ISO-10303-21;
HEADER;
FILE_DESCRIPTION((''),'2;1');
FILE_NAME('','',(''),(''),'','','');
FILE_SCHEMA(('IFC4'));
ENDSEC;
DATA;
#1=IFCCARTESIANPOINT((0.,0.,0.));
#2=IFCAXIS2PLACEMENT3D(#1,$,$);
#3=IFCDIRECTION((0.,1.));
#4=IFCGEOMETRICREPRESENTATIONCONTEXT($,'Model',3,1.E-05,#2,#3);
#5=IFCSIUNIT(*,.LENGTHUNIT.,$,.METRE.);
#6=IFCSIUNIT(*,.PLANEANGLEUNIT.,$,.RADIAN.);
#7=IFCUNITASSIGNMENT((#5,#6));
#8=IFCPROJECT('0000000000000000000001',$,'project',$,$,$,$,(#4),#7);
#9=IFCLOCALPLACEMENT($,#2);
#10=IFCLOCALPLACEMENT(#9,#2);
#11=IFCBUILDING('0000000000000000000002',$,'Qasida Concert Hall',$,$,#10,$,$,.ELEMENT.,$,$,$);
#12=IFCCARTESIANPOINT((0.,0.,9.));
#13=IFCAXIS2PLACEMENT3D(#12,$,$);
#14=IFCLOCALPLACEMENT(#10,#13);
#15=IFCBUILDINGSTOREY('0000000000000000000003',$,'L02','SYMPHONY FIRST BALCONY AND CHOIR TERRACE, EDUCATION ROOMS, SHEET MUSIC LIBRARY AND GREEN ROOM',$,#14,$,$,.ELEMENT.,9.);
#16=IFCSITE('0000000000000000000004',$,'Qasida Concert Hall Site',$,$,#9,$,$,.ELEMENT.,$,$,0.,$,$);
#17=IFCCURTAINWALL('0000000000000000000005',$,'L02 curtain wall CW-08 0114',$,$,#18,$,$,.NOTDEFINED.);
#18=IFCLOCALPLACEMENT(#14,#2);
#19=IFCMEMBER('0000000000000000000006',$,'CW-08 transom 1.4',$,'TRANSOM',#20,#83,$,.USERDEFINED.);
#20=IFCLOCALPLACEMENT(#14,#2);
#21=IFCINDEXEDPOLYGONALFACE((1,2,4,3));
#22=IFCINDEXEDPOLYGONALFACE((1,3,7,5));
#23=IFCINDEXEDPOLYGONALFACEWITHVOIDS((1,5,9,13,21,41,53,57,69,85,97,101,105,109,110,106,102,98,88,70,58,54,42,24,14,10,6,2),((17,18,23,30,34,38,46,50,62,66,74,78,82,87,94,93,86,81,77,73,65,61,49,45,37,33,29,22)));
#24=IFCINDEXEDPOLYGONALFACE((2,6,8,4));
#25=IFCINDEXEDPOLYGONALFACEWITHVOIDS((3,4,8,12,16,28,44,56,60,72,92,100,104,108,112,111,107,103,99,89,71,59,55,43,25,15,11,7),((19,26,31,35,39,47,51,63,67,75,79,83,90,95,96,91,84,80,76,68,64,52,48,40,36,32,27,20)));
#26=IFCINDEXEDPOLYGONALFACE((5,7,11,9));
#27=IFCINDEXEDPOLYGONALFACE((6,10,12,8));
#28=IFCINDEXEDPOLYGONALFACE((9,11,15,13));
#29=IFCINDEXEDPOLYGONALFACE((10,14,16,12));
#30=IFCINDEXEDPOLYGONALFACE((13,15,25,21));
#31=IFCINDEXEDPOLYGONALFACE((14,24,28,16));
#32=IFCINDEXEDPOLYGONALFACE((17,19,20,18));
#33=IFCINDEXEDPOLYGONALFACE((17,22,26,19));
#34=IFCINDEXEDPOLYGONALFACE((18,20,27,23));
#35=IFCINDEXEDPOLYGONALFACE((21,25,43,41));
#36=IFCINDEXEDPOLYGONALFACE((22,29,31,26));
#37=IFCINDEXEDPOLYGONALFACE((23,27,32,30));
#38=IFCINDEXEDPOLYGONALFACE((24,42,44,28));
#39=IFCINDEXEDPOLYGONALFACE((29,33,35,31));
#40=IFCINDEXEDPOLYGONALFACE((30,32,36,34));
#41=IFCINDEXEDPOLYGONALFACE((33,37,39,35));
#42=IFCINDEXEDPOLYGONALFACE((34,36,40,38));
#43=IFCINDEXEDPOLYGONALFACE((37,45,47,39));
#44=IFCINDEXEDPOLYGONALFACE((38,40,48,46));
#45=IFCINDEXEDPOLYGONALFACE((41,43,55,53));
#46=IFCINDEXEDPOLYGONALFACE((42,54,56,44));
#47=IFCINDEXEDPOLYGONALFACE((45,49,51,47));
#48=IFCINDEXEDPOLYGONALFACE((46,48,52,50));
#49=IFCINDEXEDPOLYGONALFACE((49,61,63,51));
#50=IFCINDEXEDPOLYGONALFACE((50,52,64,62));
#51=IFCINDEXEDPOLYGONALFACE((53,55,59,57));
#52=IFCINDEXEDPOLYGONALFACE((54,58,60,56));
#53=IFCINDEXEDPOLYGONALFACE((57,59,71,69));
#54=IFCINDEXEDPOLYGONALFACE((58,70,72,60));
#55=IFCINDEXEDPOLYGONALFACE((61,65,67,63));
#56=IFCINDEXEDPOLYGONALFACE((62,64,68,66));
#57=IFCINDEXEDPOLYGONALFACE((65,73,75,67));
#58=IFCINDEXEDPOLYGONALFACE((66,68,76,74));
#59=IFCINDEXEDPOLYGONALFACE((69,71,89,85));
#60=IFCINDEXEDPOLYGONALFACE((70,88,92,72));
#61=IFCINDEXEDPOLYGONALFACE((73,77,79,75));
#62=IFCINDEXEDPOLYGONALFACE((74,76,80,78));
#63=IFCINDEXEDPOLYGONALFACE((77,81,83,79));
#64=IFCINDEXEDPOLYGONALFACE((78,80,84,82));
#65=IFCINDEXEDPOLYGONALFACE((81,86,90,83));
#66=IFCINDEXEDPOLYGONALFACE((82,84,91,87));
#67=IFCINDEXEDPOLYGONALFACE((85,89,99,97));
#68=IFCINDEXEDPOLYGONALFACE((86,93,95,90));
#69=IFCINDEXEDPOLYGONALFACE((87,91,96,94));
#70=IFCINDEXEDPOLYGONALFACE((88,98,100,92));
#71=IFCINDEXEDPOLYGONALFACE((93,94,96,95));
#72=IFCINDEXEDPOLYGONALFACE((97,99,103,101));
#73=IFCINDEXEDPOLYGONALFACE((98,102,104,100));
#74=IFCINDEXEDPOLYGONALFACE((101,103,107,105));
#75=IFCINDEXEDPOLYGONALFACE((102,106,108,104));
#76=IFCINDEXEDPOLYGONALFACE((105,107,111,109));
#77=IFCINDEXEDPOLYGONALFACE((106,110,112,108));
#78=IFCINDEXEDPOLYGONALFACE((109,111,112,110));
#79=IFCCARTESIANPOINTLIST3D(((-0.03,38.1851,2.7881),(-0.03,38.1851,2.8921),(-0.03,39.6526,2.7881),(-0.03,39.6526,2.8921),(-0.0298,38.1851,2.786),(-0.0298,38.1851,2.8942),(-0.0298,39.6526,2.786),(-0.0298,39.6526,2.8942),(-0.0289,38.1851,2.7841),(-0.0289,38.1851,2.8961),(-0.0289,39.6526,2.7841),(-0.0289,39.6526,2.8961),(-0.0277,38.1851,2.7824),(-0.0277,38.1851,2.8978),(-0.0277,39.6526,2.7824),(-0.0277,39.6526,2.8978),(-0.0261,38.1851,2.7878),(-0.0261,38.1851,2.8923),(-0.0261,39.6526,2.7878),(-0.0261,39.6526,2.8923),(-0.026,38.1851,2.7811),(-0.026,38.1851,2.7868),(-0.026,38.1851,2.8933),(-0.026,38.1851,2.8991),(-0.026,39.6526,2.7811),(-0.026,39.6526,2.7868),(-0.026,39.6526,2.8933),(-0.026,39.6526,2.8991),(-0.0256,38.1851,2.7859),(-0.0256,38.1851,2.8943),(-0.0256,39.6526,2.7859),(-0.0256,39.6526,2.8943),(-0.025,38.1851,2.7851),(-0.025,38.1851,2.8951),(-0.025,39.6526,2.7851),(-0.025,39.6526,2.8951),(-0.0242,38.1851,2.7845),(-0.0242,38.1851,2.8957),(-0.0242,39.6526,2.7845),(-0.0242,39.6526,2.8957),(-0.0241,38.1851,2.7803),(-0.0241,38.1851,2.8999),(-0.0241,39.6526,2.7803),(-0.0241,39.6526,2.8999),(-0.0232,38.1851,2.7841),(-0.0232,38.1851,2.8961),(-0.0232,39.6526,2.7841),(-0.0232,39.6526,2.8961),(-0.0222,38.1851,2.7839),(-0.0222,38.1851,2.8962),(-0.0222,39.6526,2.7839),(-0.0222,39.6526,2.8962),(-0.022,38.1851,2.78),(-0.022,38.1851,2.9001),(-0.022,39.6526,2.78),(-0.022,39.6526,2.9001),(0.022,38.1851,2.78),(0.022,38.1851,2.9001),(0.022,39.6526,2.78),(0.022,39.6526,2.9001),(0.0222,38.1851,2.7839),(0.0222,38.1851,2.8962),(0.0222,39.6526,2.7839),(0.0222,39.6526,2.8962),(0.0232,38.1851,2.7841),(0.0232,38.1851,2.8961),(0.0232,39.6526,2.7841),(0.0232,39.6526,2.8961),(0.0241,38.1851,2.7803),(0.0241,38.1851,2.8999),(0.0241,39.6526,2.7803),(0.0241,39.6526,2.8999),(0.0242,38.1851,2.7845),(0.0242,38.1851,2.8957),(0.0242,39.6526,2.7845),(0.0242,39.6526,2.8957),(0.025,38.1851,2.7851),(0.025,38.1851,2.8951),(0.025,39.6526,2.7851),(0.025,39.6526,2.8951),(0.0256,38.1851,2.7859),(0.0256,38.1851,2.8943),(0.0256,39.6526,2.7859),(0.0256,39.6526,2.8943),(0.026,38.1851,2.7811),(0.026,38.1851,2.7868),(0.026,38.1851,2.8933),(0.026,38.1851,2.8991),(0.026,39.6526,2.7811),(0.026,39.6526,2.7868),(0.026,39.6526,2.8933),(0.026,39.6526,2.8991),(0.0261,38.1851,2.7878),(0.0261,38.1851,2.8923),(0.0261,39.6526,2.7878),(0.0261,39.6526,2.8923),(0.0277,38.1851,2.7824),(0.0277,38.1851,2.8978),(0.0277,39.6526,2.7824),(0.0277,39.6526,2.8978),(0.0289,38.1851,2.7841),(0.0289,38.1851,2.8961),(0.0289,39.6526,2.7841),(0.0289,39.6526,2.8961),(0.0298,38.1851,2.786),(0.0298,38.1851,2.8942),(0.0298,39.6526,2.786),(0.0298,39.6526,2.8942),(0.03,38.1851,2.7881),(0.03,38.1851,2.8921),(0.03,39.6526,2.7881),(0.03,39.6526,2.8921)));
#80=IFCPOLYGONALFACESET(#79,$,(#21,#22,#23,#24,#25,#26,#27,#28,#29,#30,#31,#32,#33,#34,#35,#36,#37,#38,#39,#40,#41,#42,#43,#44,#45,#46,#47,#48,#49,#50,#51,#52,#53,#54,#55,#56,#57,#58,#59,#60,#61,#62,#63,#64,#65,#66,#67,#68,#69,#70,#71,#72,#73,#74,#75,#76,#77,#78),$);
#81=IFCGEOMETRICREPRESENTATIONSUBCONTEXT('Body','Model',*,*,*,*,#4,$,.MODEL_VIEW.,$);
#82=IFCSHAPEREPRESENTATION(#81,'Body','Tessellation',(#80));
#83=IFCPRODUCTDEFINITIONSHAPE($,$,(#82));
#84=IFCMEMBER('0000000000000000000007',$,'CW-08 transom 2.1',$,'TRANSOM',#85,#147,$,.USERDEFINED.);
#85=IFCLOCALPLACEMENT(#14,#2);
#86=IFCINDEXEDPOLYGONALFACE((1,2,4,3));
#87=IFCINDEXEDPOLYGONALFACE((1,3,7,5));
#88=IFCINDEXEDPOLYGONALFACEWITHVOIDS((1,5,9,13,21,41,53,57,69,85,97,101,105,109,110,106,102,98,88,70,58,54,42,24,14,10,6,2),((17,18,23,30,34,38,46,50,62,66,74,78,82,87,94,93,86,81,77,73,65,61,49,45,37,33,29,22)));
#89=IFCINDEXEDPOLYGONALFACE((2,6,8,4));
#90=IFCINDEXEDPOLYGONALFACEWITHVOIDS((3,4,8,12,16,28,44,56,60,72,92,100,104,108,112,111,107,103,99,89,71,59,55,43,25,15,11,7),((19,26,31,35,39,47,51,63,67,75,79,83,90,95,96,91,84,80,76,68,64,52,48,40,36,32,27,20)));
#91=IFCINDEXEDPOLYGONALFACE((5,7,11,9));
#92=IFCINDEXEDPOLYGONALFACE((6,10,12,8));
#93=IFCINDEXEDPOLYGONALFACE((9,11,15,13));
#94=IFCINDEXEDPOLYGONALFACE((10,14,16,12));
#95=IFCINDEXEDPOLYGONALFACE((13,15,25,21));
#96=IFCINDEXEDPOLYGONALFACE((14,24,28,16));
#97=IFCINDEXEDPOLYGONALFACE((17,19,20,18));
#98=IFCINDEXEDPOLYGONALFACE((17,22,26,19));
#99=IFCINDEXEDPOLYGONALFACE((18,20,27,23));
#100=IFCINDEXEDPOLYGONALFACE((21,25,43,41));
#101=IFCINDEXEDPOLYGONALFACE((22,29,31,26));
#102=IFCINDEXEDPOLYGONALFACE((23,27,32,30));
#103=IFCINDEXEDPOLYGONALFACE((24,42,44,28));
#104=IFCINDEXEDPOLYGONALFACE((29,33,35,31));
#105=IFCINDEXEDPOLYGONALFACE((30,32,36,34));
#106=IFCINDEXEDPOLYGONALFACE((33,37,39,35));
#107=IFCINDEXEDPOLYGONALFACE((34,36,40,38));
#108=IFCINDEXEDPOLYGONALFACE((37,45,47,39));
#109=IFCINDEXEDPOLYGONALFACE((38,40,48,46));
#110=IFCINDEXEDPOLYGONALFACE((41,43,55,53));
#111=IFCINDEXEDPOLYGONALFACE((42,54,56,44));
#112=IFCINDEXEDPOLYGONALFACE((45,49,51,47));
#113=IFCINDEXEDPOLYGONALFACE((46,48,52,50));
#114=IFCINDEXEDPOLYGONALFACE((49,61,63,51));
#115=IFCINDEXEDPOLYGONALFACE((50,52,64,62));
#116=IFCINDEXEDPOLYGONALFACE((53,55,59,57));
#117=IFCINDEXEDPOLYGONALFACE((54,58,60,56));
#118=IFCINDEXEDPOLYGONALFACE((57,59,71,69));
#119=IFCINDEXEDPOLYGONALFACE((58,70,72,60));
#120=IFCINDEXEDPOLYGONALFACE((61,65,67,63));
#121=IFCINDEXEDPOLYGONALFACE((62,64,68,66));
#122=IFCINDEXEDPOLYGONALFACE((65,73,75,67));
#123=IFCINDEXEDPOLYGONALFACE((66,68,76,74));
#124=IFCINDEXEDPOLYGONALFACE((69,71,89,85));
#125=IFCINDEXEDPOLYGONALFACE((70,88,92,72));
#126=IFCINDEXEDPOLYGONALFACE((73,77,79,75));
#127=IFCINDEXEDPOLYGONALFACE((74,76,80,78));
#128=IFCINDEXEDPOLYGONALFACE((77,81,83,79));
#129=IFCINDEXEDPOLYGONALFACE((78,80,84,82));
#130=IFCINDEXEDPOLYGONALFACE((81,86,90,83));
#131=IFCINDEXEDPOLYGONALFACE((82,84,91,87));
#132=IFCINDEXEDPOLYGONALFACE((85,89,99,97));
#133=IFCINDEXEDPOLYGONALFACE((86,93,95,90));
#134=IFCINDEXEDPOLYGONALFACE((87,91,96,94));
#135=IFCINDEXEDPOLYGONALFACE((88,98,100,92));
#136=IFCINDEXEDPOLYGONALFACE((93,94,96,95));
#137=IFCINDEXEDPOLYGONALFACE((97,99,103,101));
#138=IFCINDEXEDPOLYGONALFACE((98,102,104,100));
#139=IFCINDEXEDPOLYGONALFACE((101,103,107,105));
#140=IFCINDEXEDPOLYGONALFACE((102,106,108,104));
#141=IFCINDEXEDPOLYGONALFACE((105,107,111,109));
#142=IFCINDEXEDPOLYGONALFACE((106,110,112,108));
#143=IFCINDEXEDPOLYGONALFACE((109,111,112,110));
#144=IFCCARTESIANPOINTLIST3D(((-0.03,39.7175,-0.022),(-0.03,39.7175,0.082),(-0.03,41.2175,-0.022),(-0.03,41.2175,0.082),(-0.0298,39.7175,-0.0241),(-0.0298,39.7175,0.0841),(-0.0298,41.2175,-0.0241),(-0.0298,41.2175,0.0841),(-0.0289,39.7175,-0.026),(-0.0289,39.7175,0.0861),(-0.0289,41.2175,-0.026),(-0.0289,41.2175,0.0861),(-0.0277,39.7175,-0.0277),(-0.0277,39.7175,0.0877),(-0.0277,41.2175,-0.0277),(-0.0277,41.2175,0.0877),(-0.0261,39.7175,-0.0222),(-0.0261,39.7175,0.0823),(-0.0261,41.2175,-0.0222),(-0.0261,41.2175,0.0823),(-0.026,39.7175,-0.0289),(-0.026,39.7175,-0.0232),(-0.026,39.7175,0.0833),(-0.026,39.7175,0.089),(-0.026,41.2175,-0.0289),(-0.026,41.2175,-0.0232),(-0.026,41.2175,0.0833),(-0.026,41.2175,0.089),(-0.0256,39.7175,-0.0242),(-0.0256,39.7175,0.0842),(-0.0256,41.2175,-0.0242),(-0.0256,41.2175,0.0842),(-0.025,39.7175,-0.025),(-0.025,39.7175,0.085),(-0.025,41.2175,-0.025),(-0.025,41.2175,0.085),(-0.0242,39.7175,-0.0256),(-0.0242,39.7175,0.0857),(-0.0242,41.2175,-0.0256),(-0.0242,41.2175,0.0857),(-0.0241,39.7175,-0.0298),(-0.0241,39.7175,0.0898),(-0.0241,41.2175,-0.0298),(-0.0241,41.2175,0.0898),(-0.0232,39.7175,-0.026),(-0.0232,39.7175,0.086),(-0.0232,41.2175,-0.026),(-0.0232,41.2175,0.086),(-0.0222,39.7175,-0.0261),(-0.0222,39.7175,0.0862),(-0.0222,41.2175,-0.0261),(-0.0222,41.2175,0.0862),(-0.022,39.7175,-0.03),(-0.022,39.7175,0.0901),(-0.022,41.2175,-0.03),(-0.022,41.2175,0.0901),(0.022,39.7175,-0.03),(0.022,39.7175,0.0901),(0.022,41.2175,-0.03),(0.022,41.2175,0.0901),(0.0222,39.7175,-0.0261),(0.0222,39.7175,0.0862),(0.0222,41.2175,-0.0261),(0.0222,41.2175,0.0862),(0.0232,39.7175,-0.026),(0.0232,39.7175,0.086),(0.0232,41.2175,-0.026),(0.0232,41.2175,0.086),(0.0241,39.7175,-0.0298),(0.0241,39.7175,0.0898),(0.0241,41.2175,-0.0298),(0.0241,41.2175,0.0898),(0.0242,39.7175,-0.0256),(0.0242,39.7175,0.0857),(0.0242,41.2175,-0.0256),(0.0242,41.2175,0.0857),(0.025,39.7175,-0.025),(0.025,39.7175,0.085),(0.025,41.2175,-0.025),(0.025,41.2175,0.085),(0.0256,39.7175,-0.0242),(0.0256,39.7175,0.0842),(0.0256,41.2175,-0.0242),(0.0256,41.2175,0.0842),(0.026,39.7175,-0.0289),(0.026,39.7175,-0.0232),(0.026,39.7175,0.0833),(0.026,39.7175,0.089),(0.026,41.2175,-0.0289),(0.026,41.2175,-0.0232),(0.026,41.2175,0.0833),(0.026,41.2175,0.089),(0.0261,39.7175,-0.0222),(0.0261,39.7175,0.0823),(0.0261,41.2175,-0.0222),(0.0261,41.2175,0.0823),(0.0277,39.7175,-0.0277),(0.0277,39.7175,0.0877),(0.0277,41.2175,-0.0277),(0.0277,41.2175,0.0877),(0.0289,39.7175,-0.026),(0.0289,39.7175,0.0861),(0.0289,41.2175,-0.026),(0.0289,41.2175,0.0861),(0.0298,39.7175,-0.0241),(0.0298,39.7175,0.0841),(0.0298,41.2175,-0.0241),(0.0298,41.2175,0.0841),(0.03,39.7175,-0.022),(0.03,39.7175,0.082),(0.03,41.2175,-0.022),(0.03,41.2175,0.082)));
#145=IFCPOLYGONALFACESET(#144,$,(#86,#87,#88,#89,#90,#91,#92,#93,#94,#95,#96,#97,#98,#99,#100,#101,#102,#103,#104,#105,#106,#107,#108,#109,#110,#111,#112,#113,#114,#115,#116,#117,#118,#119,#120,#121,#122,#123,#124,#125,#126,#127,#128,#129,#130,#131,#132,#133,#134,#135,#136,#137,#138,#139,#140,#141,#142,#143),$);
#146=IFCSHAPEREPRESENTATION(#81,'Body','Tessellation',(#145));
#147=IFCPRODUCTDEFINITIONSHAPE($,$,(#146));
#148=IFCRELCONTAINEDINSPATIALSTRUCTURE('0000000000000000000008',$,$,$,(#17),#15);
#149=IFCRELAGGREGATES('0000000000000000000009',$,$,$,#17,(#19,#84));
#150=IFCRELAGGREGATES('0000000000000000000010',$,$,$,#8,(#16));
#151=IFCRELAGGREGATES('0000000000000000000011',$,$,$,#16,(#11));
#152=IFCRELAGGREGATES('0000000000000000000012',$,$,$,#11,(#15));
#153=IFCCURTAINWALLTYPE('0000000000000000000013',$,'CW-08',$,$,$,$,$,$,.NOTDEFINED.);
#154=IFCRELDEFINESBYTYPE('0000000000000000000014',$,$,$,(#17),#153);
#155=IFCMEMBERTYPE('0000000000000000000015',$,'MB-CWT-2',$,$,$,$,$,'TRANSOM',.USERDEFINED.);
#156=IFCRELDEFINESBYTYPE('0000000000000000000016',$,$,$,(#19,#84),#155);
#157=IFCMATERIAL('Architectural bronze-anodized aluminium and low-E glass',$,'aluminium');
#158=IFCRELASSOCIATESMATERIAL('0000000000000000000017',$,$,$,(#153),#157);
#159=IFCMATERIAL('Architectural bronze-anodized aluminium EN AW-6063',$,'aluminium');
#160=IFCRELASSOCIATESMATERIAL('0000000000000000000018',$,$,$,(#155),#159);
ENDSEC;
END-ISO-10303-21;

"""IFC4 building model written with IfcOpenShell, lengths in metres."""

from ifc_helpers import new_model, si_unit, direction, frame, origin, origin_2d, place, context, subcontext, project, spatial, hollow_rectangle, extrude, material, material_profile, profile_set, type_object, element, aggregate, save


model = new_model("IFC4")

# Units and contexts
model_context = context("Model", 3, precision=1e-05, world=origin(), true_north=direction((0.0, 1.0)))
body_context = subcontext(model_context, "Body", "Model", "MODEL_VIEW")
ifc_project = project(units=[si_unit("LENGTHUNIT", "METRE"), si_unit("PLANEANGLEUNIT", "RADIAN")], contexts=[model_context])

# Site, building, storey
site_placement = place(None, origin())
site = spatial("IfcSite", under=ifc_project, at=site_placement, Name="Qasida Concert Hall Site", CompositionType="ELEMENT", RefElevation=0.0)
building_placement = place(site_placement, origin())
building = spatial("IfcBuilding", under=site, at=building_placement, Name="Qasida Concert Hall", CompositionType="ELEMENT")
storey_placement = place(building_placement, frame((0.0, 0.0, 9.0)))
storey = spatial("IfcBuildingStorey", under=building, at=storey_placement, Name="L02", Description="SYMPHONY FIRST BALCONY AND CHOIR TERRACE, EDUCATION ROOMS, SHEET MUSIC LIBRARY AND GREEN ROOM", CompositionType="ELEMENT", Elevation=9.0)

# Curtain wall, members
ifc_material_1 = material(Name="Architectural bronze-anodized aluminium and low-E glass", Category="aluminium")
curtain_wall_type = type_object("IfcCurtainWallType", Name="CW-08", PredefinedType="NOTDEFINED", material=ifc_material_1)
curtain_wall_placement = place(storey_placement, origin())
curtain_wall = element("IfcCurtainWall", 1, at=curtain_wall_placement, inside=storey, type_object=curtain_wall_type, Name="L02 curtain wall CW-08 0114", PredefinedType="NOTDEFINED")
ifc_material_2 = material(Name="Architectural bronze-anodized aluminium EN AW-6063", Category="aluminium")
ifc_material_profile_1 = material_profile(ifc_material_2, hollow_rectangle(XDim=0.0601, YDim=0.1201, WallThickness=0.0039, InnerFilletRadius=0.0039, OuterFilletRadius=0.0081, at=origin_2d()), Name="CWT 120x60x4")
ifc_profile_set_1 = profile_set([ifc_material_profile_1], Name="Architectural bronze-anodized aluminium EN AW-6063")
member_type_1 = type_object("IfcMemberType", Name="MB-CWT-2", ElementType="TRANSOM", PredefinedType="USERDEFINED", material=ifc_profile_set_1)
member_1_placement = place(storey_placement, frame((0.0, 38.1851, 2.8401), z_axis=(0.0, 1.0, 0.0), x_axis=(-1.0, 0.0, 0.0)))
member_1 = element("IfcMember", 2, at=member_1_placement, type_object=member_type_1, Name="CW-08 transom 1.4", ObjectType="TRANSOM", PredefinedType="USERDEFINED", context=body_context, shape_type="SweptSolid", body=[
    extrude(hollow_rectangle(XDim=0.0601, YDim=0.1201, WallThickness=0.0039, InnerFilletRadius=0.0039, OuterFilletRadius=0.0081, at=origin_2d()), origin(), (0.0, 0.0, 1.0), 1.4675),
])
member_2_placement = place(storey_placement, frame((0.0, 39.7175, 0.03), z_axis=(0.0, 1.0, 0.0), x_axis=(-1.0, 0.0, 0.0)))
member_2 = element("IfcMember", 3, at=member_2_placement, type_object=member_type_1, Name="CW-08 transom 2.1", ObjectType="TRANSOM", PredefinedType="USERDEFINED", context=body_context, shape_type="SweptSolid", body=[
    extrude(hollow_rectangle(XDim=0.0601, YDim=0.1201, WallThickness=0.0039, InnerFilletRadius=0.0039, OuterFilletRadius=0.0081, at=origin_2d()), origin(), (0.0, 0.0, 1.0), 1.5),
])
aggregate(curtain_wall, [member_1, member_2])

save(model, "model.ifc")
